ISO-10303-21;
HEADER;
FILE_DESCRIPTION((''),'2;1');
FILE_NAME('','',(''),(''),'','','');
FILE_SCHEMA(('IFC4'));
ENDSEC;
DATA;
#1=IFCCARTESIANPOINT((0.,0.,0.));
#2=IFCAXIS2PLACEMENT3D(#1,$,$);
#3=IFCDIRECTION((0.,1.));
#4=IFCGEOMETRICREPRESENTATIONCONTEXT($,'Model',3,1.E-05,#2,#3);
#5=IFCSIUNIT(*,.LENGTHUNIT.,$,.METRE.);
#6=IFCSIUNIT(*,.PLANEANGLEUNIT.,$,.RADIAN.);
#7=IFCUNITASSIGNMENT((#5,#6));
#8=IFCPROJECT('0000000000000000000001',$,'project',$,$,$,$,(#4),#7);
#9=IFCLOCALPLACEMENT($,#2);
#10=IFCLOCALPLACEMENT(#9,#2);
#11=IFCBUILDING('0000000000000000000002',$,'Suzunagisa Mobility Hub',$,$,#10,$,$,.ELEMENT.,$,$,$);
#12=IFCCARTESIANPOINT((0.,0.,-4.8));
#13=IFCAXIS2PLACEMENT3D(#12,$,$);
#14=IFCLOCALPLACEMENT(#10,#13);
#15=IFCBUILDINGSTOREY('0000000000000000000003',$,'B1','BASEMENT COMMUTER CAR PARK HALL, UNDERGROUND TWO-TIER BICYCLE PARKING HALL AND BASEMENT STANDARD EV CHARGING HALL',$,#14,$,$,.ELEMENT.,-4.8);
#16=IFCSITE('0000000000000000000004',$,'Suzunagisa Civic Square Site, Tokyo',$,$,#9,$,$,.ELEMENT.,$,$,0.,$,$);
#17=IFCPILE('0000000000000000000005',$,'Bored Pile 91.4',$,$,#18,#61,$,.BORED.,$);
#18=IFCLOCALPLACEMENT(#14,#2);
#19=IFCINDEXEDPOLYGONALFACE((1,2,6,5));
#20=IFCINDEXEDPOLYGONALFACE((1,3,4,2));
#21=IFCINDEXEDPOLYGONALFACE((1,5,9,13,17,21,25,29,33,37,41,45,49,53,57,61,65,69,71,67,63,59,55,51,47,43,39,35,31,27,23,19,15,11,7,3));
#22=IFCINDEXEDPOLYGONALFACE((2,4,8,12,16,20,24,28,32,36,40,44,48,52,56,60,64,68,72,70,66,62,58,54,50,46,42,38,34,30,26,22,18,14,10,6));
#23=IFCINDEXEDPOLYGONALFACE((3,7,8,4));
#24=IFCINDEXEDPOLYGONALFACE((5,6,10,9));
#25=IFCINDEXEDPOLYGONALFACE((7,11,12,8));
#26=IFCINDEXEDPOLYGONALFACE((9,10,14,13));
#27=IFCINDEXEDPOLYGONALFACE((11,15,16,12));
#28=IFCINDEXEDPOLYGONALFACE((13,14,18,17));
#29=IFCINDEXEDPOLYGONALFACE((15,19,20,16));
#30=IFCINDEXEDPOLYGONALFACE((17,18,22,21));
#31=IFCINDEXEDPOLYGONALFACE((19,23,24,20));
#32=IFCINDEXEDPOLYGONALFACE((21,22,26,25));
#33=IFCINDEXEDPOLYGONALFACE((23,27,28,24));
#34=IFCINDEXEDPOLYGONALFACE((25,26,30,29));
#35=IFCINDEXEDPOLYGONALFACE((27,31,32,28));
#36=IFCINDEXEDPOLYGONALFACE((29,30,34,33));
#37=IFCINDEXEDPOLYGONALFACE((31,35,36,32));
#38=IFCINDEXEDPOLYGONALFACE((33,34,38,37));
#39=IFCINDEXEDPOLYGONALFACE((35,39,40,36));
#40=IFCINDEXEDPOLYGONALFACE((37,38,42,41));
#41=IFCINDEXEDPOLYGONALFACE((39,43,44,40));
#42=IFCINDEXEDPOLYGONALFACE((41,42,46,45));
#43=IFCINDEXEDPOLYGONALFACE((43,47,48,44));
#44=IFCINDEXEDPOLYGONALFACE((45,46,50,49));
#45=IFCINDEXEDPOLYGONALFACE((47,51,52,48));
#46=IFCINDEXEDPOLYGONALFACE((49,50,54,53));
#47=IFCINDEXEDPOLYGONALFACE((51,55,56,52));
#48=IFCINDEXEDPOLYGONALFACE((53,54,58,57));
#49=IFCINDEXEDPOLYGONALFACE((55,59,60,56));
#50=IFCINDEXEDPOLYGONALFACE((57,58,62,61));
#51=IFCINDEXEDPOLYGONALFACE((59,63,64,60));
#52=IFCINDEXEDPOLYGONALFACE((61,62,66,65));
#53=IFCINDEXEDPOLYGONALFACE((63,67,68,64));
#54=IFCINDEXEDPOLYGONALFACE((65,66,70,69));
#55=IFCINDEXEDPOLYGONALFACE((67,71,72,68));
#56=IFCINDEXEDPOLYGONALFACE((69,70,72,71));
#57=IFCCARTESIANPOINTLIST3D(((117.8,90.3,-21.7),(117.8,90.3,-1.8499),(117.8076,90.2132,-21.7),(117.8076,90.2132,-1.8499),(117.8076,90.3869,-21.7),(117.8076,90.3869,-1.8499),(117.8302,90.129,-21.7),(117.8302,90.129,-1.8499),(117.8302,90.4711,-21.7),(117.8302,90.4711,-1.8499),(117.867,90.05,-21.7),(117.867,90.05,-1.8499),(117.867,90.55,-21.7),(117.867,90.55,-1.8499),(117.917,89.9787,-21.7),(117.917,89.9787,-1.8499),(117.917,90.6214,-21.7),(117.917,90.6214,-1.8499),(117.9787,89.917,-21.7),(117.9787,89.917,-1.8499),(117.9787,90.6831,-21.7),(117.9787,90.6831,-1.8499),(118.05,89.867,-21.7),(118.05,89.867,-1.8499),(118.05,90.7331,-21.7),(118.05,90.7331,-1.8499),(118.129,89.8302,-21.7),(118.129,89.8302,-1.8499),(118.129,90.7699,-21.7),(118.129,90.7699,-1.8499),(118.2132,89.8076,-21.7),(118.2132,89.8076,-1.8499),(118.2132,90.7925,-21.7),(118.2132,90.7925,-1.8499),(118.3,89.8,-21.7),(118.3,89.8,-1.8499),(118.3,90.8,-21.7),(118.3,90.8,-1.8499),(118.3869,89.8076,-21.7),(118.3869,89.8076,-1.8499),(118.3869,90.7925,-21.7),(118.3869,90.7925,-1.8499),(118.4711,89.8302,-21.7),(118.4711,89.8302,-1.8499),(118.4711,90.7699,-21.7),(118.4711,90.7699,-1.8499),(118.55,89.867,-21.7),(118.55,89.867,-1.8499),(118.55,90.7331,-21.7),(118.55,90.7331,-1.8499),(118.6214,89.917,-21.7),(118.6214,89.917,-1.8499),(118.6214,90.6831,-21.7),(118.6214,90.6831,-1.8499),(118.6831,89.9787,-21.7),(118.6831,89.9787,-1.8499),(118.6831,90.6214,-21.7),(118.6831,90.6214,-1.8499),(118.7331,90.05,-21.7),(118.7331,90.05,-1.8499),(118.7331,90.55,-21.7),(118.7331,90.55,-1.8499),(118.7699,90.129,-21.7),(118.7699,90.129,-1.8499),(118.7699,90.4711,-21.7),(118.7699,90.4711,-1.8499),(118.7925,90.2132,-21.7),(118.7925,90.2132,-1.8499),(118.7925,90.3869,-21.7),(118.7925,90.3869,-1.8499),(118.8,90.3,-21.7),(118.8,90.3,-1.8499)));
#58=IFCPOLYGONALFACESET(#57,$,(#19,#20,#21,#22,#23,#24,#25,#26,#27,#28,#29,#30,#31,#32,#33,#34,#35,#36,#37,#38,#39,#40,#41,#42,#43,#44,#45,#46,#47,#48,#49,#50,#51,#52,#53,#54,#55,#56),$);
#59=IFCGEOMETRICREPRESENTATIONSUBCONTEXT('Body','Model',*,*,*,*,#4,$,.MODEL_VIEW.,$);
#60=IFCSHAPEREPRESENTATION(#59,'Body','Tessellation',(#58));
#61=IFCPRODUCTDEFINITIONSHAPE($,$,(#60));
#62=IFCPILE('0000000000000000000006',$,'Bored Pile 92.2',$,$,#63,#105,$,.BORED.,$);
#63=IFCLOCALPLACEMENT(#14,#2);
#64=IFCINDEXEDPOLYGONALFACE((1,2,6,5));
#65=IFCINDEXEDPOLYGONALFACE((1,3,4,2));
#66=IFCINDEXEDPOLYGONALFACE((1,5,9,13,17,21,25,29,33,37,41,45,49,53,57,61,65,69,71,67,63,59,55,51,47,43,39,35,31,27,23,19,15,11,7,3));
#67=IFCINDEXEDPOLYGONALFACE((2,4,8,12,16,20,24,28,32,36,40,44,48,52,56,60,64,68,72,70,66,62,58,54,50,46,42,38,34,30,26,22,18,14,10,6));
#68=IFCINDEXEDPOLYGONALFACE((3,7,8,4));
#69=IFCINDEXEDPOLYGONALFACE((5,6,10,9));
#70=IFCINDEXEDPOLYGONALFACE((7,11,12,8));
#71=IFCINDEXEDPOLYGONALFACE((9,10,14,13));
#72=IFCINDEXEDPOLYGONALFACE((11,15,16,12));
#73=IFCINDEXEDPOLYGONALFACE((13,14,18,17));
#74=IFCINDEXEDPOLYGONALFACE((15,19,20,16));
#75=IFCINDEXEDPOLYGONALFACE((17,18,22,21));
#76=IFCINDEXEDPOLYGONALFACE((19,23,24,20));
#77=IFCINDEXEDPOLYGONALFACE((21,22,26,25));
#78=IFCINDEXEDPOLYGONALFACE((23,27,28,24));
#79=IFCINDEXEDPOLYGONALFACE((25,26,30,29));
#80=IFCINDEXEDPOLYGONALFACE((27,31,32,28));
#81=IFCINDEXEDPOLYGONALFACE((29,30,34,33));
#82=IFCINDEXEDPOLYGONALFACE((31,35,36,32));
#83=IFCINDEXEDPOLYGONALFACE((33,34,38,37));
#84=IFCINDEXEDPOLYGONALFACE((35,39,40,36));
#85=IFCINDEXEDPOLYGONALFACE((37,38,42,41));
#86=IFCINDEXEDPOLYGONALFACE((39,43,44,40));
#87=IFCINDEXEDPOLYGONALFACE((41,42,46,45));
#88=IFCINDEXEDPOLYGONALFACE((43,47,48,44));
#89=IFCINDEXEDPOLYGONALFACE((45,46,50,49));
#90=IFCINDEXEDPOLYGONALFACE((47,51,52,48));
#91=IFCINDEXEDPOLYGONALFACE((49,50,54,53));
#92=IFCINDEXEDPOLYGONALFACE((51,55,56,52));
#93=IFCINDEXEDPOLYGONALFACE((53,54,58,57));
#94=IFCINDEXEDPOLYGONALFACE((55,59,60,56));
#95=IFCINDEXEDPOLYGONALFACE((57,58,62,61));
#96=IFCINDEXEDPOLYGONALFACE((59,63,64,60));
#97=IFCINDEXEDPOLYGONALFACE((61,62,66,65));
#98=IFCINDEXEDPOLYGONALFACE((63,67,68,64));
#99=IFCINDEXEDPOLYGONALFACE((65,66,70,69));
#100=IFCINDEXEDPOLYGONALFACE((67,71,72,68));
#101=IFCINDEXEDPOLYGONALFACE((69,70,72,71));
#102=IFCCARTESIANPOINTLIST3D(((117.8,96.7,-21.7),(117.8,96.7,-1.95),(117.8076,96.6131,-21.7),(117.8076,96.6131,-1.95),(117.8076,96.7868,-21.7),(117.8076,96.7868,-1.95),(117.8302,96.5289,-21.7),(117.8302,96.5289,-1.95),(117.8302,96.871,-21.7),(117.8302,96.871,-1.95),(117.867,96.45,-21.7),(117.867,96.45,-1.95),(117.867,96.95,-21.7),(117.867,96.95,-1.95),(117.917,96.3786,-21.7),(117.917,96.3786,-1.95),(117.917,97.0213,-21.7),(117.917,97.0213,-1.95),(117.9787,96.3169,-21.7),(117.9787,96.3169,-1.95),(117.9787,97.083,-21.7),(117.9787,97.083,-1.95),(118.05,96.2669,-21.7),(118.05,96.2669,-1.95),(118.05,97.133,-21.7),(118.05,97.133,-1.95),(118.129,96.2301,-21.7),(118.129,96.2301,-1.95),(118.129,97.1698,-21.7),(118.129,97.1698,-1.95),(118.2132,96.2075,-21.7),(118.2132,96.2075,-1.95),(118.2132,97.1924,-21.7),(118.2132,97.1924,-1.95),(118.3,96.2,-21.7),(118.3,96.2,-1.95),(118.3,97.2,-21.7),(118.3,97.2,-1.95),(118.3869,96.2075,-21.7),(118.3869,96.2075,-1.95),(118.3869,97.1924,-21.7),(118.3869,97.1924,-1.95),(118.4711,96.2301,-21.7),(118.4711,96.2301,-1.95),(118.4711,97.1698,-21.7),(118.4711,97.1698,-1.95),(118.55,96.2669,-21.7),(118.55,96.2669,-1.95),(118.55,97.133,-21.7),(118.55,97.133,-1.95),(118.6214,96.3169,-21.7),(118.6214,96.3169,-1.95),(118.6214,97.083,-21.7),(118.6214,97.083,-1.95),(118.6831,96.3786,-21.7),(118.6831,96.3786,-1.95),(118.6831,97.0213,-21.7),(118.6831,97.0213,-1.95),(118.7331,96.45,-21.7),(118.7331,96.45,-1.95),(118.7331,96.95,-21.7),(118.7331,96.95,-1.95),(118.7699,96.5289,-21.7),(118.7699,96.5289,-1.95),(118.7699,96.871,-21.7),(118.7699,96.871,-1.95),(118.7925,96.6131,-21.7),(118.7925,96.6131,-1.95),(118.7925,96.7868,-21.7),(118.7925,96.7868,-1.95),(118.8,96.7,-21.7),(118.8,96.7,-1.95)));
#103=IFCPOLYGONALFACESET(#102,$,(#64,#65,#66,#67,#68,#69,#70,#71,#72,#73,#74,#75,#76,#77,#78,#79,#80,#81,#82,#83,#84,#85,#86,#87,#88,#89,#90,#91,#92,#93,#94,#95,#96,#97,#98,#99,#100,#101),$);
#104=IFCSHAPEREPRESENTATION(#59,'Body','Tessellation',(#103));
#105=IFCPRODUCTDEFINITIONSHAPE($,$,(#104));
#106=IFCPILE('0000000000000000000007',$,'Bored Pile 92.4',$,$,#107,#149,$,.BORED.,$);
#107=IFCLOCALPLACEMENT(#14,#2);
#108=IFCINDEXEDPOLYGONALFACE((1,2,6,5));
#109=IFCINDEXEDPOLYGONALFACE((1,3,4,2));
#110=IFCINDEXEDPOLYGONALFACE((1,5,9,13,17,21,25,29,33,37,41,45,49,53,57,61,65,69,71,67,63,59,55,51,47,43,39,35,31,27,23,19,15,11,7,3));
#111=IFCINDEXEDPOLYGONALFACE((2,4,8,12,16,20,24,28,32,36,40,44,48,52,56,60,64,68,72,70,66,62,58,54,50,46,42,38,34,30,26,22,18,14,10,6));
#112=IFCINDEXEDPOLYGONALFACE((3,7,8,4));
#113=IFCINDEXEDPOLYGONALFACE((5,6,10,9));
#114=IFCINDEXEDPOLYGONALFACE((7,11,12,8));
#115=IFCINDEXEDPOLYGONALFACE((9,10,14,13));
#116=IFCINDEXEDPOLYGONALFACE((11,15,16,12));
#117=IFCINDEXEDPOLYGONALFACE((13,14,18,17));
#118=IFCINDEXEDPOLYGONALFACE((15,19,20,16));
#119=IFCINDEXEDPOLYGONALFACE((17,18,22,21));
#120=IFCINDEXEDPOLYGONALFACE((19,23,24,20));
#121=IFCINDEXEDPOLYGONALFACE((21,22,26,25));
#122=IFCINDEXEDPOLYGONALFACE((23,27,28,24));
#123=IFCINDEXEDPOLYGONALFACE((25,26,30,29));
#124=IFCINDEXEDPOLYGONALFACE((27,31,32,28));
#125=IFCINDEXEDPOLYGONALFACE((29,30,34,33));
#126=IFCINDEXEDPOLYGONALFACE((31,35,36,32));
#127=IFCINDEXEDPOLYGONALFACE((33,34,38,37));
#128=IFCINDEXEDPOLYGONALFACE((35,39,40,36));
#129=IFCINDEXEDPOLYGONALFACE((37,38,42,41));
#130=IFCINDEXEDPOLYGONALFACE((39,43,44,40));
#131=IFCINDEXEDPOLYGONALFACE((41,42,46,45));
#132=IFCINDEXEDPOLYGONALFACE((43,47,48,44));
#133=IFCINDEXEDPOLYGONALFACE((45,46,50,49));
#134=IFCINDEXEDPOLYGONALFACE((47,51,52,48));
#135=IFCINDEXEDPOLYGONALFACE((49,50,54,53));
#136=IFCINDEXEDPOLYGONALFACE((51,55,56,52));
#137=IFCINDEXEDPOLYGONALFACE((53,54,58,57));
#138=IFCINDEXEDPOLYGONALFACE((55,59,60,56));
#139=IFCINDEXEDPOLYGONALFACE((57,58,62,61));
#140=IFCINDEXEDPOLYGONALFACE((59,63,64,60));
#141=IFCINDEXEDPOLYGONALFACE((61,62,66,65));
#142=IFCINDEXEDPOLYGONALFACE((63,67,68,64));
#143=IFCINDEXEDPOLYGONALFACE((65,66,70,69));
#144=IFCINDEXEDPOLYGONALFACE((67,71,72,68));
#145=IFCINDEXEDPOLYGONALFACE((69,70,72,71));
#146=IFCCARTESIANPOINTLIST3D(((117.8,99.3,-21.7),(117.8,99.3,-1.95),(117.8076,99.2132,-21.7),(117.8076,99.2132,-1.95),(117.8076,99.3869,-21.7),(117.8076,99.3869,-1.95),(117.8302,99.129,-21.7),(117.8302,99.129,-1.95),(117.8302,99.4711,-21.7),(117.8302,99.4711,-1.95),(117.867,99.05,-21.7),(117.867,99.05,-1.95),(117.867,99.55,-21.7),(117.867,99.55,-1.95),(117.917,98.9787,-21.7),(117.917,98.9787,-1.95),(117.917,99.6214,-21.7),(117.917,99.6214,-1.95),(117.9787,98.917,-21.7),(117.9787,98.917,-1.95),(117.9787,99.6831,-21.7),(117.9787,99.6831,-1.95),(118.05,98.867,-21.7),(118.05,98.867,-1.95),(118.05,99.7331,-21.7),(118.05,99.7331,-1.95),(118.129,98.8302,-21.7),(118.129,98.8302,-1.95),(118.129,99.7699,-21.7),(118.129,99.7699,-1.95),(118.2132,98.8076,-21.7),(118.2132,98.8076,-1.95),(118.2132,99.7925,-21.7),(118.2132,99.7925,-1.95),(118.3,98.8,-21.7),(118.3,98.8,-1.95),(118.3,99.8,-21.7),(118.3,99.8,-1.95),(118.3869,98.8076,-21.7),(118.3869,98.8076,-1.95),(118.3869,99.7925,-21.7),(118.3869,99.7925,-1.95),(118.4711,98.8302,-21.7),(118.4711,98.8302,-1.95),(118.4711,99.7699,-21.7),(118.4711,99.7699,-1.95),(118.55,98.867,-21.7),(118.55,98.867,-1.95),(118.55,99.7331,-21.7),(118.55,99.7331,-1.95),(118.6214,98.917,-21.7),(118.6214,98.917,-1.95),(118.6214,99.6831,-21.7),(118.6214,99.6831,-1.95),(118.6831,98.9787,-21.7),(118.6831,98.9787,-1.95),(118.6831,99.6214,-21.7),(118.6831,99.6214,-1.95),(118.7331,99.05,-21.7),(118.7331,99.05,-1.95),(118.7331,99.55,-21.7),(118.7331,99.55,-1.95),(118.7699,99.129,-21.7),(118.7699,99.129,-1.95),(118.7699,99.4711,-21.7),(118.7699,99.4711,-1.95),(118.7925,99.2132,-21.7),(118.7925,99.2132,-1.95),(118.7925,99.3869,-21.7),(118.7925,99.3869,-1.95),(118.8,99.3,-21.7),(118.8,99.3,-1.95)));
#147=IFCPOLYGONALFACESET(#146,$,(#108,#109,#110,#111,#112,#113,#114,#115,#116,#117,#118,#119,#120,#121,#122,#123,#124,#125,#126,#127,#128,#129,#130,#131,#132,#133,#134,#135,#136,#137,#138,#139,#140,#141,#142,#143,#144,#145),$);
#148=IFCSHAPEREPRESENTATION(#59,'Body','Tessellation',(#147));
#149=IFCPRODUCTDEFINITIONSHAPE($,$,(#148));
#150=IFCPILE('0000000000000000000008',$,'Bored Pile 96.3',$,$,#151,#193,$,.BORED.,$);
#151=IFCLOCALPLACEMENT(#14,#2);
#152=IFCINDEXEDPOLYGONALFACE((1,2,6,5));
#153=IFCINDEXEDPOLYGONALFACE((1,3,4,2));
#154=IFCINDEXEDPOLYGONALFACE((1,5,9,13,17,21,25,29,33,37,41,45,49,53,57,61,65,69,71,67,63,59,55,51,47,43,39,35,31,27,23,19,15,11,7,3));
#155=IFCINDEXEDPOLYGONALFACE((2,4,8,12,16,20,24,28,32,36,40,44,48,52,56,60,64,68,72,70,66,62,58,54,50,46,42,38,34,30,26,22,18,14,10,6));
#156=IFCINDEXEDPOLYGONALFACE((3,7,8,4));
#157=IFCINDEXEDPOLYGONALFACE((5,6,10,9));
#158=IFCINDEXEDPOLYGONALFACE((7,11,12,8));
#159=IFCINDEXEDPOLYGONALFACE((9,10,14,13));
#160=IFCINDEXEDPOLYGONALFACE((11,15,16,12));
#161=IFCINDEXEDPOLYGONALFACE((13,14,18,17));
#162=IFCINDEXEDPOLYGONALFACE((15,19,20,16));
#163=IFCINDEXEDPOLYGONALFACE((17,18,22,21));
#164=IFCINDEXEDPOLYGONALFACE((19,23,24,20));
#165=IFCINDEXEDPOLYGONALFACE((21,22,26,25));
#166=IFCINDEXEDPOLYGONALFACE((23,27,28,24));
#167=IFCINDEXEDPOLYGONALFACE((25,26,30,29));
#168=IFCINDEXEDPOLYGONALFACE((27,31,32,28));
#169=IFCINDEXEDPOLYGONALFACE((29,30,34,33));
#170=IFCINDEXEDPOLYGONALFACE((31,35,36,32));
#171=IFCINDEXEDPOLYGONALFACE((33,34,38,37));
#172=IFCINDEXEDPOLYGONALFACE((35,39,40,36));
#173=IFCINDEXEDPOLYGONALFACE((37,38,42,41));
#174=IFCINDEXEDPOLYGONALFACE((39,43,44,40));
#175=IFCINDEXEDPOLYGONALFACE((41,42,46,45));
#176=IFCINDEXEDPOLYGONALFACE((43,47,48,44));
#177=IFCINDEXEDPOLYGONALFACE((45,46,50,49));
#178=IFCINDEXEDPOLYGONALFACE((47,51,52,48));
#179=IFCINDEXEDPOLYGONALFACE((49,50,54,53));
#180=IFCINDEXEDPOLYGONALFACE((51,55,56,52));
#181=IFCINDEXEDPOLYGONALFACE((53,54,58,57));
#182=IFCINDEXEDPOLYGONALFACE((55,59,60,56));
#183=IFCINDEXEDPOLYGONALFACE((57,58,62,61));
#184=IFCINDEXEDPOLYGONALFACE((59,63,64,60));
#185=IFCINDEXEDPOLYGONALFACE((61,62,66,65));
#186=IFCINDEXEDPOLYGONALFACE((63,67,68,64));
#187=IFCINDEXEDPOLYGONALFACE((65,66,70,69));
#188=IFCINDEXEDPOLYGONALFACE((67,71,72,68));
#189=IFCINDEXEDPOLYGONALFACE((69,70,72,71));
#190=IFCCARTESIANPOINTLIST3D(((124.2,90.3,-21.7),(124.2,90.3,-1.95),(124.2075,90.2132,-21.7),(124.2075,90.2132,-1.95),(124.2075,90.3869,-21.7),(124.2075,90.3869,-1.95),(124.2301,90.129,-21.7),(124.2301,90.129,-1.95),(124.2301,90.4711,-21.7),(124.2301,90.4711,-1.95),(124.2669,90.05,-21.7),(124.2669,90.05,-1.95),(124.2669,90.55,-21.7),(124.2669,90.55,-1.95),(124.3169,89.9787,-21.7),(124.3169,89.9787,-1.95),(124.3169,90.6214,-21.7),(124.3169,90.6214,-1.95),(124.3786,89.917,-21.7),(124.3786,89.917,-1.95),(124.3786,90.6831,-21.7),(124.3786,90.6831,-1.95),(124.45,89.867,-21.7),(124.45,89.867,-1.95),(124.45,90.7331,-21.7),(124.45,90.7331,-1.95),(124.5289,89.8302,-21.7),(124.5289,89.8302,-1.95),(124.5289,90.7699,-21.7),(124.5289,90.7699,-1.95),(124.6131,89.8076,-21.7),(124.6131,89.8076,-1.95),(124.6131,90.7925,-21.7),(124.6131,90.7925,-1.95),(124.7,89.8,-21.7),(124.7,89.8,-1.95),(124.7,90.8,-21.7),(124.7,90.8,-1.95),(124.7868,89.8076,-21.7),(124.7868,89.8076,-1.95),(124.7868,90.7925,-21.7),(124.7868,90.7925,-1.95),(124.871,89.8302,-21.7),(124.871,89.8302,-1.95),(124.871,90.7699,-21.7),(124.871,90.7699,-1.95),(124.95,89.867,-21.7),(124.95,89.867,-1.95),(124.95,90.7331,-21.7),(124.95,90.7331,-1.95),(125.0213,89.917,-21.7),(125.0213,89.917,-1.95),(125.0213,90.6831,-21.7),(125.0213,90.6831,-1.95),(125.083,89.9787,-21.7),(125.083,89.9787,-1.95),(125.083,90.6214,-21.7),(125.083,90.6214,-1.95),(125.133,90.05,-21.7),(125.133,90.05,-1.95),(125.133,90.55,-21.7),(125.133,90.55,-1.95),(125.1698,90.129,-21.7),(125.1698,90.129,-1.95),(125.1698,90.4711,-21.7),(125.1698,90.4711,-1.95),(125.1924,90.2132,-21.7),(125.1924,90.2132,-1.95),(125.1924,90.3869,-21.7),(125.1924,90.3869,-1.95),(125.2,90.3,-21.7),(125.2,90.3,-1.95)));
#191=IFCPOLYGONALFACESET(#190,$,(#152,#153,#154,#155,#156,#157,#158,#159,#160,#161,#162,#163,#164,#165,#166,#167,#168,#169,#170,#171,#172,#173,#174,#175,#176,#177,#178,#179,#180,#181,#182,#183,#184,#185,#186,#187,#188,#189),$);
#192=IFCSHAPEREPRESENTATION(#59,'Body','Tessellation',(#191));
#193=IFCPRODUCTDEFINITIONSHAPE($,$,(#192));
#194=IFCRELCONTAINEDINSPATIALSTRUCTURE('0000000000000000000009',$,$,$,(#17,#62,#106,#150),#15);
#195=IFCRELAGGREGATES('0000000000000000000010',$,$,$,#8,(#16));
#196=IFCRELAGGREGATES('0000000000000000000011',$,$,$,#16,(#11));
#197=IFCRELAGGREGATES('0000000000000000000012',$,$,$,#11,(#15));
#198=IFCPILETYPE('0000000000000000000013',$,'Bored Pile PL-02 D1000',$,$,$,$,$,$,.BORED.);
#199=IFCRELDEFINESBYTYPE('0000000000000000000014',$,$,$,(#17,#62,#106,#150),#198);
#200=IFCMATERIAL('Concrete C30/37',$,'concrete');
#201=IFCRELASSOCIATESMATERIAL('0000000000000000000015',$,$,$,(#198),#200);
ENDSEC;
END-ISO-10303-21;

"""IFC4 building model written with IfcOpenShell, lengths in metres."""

from ifc_helpers import new_model, si_unit, direction, frame, origin, origin_2d, place, context, subcontext, project, spatial, circle, extrude, material, material_profile, profile_set, type_object, element, save


model = new_model("IFC4")

# Units and contexts
model_context = context("Model", 3, precision=1e-05, world=origin(), true_north=direction((0.0, 1.0)))
body_context = subcontext(model_context, "Body", "Model", "MODEL_VIEW")
ifc_project = project(units=[si_unit("LENGTHUNIT", "METRE"), si_unit("PLANEANGLEUNIT", "RADIAN")], contexts=[model_context])

# Site, building, storey
site_placement = place(None, origin())
site = spatial("IfcSite", under=ifc_project, at=site_placement, Name="Suzunagisa Civic Square Site, Tokyo", CompositionType="ELEMENT", RefElevation=0.0)
building_placement = place(site_placement, origin())
building = spatial("IfcBuilding", under=site, at=building_placement, Name="Suzunagisa Mobility Hub", CompositionType="ELEMENT")
storey_placement = place(building_placement, frame((0.0, 0.0, -4.8)))
storey = spatial("IfcBuildingStorey", under=building, at=storey_placement, Name="B1", Description="BASEMENT COMMUTER CAR PARK HALL, UNDERGROUND TWO-TIER BICYCLE PARKING HALL AND BASEMENT STANDARD EV CHARGING HALL", CompositionType="ELEMENT", Elevation=-4.8)

# Piles
ifc_material_1 = material(Name="Concrete C30/37", Category="concrete")
ifc_material_profile_1 = material_profile(ifc_material_1, circle(Radius=0.5, at=origin_2d()), Name="BORED PILE D1000")
ifc_profile_set_1 = profile_set([ifc_material_profile_1], Name="Concrete C30/37")
pile_type_1 = type_object("IfcPileType", Name="Bored Pile PL-02 D1000", PredefinedType="BORED", material=ifc_profile_set_1)
pile_1_placement = place(storey_placement, frame((118.3, 90.3, -1.8499), z_axis=(0.0, 0.0, -1.0), x_axis=(1.0, 0.0, 0.0)))
element("IfcPile", 1, at=pile_1_placement, inside=storey, type_object=pile_type_1, Name="Bored Pile 91.4", PredefinedType="BORED", context=body_context, shape_type="SweptSolid", body=[
    extrude(circle(Radius=0.5, at=origin_2d()), origin(), (0.0, 0.0, 1.0), 19.8501),
])
for number, where, z_axis, x_axis, name in (
    (2, (118.3, 96.7, -1.95), (0.0, 0.0, -1.0), (1.0, 0.0, 0.0), "Bored Pile 92.2"),
    (3, (118.3, 99.3, -1.95), (0.0, 0.0, -1.0), (1.0, 0.0, 0.0), "Bored Pile 92.4"),
    (4, (124.7, 90.3, -1.95), (0.0, 0.0, -1.0), (1.0, 0.0, 0.0), "Bored Pile 96.3"),
):
    element("IfcPile", number, at=place(storey_placement, frame(where, z_axis=z_axis, x_axis=x_axis)), inside=storey, type_object=pile_type_1, Name=name, PredefinedType="BORED", context=body_context, shape_type="SweptSolid", body=[
        extrude(circle(Radius=0.5, at=origin_2d()), origin(), (0.0, 0.0, 1.0), 19.75),
    ])

save(model, "model.ifc")
